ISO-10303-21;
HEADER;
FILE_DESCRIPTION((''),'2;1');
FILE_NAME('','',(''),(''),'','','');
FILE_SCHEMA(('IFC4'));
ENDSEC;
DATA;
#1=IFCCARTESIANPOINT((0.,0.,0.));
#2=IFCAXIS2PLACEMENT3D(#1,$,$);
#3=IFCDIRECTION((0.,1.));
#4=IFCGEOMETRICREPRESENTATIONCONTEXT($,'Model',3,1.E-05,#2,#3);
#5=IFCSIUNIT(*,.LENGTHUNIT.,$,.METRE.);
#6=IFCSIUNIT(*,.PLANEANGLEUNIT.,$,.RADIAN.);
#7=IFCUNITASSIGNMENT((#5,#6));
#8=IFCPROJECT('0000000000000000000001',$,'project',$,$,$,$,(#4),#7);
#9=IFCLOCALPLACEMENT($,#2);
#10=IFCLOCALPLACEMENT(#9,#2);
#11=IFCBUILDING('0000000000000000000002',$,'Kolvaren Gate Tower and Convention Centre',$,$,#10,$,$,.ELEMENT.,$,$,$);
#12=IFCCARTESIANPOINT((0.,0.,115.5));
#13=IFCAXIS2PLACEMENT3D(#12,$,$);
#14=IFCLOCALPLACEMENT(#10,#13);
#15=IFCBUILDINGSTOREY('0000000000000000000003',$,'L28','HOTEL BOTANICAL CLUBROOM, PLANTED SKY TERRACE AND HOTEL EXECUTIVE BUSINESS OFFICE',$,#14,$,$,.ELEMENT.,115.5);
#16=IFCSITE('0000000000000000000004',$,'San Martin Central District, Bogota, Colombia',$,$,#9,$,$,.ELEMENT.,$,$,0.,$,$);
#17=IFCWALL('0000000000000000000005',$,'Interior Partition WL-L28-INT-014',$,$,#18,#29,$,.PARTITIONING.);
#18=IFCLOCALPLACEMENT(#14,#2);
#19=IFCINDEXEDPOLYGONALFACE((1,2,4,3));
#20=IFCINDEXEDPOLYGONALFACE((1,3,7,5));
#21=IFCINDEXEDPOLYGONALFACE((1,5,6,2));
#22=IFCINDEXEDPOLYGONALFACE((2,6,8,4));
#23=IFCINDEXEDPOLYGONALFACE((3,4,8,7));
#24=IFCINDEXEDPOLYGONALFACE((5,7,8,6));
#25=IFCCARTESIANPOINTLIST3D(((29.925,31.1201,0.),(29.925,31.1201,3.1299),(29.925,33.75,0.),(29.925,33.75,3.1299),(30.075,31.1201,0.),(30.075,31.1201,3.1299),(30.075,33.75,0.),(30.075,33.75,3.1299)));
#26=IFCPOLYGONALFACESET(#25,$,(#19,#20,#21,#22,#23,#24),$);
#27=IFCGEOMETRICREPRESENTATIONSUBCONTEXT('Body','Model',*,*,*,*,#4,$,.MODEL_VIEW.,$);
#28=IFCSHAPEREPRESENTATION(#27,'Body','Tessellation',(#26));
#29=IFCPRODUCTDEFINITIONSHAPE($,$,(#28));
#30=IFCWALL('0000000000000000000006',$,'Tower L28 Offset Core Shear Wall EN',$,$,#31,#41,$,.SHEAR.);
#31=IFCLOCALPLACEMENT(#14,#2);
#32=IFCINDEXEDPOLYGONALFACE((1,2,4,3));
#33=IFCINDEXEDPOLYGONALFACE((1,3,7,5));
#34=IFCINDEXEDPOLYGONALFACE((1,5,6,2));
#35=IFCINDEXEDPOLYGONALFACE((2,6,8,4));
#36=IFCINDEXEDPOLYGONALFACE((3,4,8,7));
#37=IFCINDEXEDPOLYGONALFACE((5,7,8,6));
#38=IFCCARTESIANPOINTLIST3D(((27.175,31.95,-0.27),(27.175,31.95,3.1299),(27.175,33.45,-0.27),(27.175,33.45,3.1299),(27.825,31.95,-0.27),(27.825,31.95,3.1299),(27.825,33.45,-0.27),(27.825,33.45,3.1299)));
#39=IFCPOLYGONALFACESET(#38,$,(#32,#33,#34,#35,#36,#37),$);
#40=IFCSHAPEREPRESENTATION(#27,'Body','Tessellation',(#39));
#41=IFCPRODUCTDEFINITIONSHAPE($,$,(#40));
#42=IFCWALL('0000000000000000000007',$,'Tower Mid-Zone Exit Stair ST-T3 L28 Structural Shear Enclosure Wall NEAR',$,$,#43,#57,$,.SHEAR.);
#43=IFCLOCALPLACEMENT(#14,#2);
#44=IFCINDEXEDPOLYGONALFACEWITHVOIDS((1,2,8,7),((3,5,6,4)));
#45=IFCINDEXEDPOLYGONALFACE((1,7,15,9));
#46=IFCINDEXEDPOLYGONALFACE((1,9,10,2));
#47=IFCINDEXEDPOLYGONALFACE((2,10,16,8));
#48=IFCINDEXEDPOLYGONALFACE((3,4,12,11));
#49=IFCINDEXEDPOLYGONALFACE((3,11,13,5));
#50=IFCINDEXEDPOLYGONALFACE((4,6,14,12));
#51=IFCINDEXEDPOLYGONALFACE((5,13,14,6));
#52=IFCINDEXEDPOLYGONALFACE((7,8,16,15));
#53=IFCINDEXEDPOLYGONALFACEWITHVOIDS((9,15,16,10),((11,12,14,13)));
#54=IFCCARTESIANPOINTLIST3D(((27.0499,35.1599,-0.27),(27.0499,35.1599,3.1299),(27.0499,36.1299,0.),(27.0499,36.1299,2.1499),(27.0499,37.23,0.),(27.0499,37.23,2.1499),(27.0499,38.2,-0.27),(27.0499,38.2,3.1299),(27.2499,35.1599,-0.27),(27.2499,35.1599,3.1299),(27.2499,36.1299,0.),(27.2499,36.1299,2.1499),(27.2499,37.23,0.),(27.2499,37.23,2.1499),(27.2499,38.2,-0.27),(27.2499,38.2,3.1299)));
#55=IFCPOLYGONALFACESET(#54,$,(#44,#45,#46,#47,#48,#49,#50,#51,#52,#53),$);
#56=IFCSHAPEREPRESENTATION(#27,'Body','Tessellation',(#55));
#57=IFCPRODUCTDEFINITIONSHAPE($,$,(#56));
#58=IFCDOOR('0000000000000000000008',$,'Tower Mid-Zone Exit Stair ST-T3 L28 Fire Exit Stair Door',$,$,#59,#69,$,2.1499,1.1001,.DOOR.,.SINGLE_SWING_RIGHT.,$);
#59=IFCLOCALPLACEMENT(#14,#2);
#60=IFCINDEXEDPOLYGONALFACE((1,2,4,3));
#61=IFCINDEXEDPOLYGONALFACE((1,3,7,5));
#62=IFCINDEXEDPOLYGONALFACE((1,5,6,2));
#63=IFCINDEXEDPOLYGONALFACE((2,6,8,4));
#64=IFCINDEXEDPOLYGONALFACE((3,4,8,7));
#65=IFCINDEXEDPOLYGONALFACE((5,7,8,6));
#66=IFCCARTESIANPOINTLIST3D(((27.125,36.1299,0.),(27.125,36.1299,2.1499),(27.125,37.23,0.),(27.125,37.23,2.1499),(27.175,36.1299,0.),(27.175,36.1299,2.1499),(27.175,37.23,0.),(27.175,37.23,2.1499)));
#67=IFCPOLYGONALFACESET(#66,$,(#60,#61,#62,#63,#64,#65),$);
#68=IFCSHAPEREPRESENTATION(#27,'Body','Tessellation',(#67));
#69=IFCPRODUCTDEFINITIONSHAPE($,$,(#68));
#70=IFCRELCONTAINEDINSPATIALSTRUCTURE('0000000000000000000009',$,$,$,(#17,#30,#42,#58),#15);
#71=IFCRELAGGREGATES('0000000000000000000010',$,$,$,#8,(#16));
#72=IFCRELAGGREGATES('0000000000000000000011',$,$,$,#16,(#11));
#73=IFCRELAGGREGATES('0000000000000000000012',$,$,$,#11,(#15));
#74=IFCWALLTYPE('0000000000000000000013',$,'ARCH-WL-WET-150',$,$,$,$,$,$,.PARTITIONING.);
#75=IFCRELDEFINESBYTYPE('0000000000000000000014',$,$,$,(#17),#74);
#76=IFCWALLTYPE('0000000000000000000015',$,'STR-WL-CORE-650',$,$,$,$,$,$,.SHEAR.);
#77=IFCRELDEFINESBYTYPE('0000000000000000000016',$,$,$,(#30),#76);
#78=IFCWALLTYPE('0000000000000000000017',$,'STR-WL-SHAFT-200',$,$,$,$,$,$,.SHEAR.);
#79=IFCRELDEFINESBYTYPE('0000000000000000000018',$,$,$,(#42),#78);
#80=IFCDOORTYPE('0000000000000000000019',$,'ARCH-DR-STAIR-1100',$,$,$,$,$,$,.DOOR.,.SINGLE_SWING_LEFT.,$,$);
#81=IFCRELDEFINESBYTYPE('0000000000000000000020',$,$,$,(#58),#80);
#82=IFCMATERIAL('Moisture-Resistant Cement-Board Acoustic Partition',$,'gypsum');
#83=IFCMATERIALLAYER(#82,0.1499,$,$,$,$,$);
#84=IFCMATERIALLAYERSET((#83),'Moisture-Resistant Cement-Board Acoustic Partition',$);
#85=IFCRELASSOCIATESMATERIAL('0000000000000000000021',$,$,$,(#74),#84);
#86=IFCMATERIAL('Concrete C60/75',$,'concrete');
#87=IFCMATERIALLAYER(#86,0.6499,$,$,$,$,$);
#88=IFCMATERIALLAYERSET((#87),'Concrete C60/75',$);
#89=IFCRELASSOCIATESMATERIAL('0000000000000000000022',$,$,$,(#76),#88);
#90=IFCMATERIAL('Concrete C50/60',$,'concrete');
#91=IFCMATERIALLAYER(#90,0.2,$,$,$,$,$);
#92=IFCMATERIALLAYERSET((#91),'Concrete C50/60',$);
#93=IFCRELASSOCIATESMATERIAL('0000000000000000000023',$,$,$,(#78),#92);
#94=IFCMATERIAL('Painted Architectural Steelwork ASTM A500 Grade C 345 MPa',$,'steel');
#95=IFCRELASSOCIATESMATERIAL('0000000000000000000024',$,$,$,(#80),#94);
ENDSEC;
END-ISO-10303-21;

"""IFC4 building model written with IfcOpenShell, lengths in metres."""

from ifc_helpers import new_model, si_unit, direction, frame, frame_2d, origin, place, context, subcontext, project, spatial, rectangle, extrude, material, layer, layer_set, type_object, element, fill, save


model = new_model("IFC4")

# Units and contexts
model_context = context("Model", 3, precision=1e-05, world=origin(), true_north=direction((0.0, 1.0)))
body_context = subcontext(model_context, "Body", "Model", "MODEL_VIEW")
ifc_project = project(units=[si_unit("LENGTHUNIT", "METRE"), si_unit("PLANEANGLEUNIT", "RADIAN")], contexts=[model_context])

# Site, building, storey
site_placement = place(None, origin())
site = spatial("IfcSite", under=ifc_project, at=site_placement, Name="San Martin Central District, Bogota, Colombia", CompositionType="ELEMENT", RefElevation=0.0)
building_placement = place(site_placement, origin())
building = spatial("IfcBuilding", under=site, at=building_placement, Name="Kolvaren Gate Tower and Convention Centre", CompositionType="ELEMENT")
storey_placement = place(building_placement, frame((0.0, 0.0, 115.5)))
storey = spatial("IfcBuildingStorey", under=building, at=storey_placement, Name="L28", Description="HOTEL BOTANICAL CLUBROOM, PLANTED SKY TERRACE AND HOTEL EXECUTIVE BUSINESS OFFICE", CompositionType="ELEMENT", Elevation=115.5)

# Shared definitions
ifc_material_1 = material(Name="Painted Architectural Steelwork ASTM A500 Grade C 345 MPa", Category="steel")

# Walls
ifc_material_2 = material(Name="Moisture-Resistant Cement-Board Acoustic Partition", Category="gypsum")
ifc_layer_1 = layer(ifc_material_2, 0.1499)
ifc_layer_set_1 = layer_set([ifc_layer_1], Name="Moisture-Resistant Cement-Board Acoustic Partition")
wall_type_1 = type_object("IfcWallType", Name="ARCH-WL-WET-150", PredefinedType="PARTITIONING", material=ifc_layer_set_1)
wall_1_placement = place(storey_placement, frame((30.0, 31.1201, 0.0), z_axis=(0.0, 0.0, 1.0), x_axis=(0.0, 1.0, 0.0)))
element("IfcWall", 1, at=wall_1_placement, inside=storey, type_object=wall_type_1, Name="Interior Partition WL-L28-INT-014", PredefinedType="PARTITIONING", context=body_context, shape_type="SweptSolid", body=[
    extrude(rectangle(XDim=2.6299, YDim=0.1499, at=frame_2d((1.3149, 0.0))), origin(), (0.0, 0.0, 1.0), 3.1299),
])
ifc_material_3 = material(Name="Concrete C60/75", Category="concrete")
ifc_layer_2 = layer(ifc_material_3, 0.6499)
ifc_layer_set_2 = layer_set([ifc_layer_2], Name="Concrete C60/75")
wall_type_2 = type_object("IfcWallType", Name="STR-WL-CORE-650", PredefinedType="SHEAR", material=ifc_layer_set_2)
wall_2_placement = place(storey_placement, frame((27.5, 31.95, -0.27), z_axis=(0.0, 0.0, 1.0), x_axis=(0.0, 1.0, 0.0)))
element("IfcWall", 2, at=wall_2_placement, inside=storey, type_object=wall_type_2, Name="Tower L28 Offset Core Shear Wall EN", PredefinedType="SHEAR", context=body_context, shape_type="SweptSolid", body=[
    extrude(rectangle(XDim=1.5, YDim=0.6499, at=frame_2d((0.75, 0.0))), origin(), (0.0, 0.0, 1.0), 3.3999),
])

# Wall, opening, door
ifc_material_4 = material(Name="Concrete C50/60", Category="concrete")
ifc_layer_3 = layer(ifc_material_4, 0.2)
ifc_layer_set_3 = layer_set([ifc_layer_3], Name="Concrete C50/60")
wall_type_3 = type_object("IfcWallType", Name="STR-WL-SHAFT-200", PredefinedType="SHEAR", material=ifc_layer_set_3)
wall_3_placement = place(storey_placement, frame((27.1499, 35.1599, -0.27), z_axis=(0.0, 0.0, 1.0), x_axis=(0.0, 1.0, 0.0)))
wall_3 = element("IfcWall", 3, at=wall_3_placement, inside=storey, type_object=wall_type_3, Name="Tower Mid-Zone Exit Stair ST-T3 L28 Structural Shear Enclosure Wall NEAR", PredefinedType="SHEAR", context=body_context, shape_type="SweptSolid", body=[
    extrude(rectangle(XDim=3.04, YDim=0.2, at=frame_2d((1.52, 0.0))), origin(), (0.0, 0.0, 1.0), 3.3999),
])
opening_1_placement = place(wall_3_placement, frame((0.97, 0.0, 0.27)))
opening_1 = element("IfcOpeningElement", 4, at=opening_1_placement, cuts=wall_3, PredefinedType="OPENING", context=body_context, shape_type="SweptSolid", body=[
    extrude(rectangle(XDim=1.1001, YDim=2.1499, at=frame_2d((0.55, 1.075))), frame((0.0, 0.1099, 0.0), z_axis=(0.0, -1.0, 0.0), x_axis=(1.0, 0.0, 0.0)), (0.0, 0.0, 1.0), 0.22),
])
door_type_1 = type_object("IfcDoorType", Name="ARCH-DR-STAIR-1100", OperationType="SINGLE_SWING_LEFT", PredefinedType="DOOR", material=ifc_material_1)
door_1_placement = place(opening_1_placement, origin())
door_1 = element("IfcDoor", 5, at=door_1_placement, inside=storey, type_object=door_type_1, Name="Tower Mid-Zone Exit Stair ST-T3 L28 Fire Exit Stair Door", OperationType="SINGLE_SWING_RIGHT", OverallHeight=2.1499, OverallWidth=1.1001, PredefinedType="DOOR", context=body_context, shape_type="SweptSolid", body=[
    extrude(rectangle(XDim=1.1001, YDim=2.1499, at=frame_2d((0.55, 1.075))), frame((0.0, 0.0249, 0.0), z_axis=(0.0, -1.0, 0.0), x_axis=(1.0, 0.0, 0.0)), (0.0, 0.0, 1.0), 0.05),
])
fill(opening_1, door_1)

save(model, "model.ifc")
